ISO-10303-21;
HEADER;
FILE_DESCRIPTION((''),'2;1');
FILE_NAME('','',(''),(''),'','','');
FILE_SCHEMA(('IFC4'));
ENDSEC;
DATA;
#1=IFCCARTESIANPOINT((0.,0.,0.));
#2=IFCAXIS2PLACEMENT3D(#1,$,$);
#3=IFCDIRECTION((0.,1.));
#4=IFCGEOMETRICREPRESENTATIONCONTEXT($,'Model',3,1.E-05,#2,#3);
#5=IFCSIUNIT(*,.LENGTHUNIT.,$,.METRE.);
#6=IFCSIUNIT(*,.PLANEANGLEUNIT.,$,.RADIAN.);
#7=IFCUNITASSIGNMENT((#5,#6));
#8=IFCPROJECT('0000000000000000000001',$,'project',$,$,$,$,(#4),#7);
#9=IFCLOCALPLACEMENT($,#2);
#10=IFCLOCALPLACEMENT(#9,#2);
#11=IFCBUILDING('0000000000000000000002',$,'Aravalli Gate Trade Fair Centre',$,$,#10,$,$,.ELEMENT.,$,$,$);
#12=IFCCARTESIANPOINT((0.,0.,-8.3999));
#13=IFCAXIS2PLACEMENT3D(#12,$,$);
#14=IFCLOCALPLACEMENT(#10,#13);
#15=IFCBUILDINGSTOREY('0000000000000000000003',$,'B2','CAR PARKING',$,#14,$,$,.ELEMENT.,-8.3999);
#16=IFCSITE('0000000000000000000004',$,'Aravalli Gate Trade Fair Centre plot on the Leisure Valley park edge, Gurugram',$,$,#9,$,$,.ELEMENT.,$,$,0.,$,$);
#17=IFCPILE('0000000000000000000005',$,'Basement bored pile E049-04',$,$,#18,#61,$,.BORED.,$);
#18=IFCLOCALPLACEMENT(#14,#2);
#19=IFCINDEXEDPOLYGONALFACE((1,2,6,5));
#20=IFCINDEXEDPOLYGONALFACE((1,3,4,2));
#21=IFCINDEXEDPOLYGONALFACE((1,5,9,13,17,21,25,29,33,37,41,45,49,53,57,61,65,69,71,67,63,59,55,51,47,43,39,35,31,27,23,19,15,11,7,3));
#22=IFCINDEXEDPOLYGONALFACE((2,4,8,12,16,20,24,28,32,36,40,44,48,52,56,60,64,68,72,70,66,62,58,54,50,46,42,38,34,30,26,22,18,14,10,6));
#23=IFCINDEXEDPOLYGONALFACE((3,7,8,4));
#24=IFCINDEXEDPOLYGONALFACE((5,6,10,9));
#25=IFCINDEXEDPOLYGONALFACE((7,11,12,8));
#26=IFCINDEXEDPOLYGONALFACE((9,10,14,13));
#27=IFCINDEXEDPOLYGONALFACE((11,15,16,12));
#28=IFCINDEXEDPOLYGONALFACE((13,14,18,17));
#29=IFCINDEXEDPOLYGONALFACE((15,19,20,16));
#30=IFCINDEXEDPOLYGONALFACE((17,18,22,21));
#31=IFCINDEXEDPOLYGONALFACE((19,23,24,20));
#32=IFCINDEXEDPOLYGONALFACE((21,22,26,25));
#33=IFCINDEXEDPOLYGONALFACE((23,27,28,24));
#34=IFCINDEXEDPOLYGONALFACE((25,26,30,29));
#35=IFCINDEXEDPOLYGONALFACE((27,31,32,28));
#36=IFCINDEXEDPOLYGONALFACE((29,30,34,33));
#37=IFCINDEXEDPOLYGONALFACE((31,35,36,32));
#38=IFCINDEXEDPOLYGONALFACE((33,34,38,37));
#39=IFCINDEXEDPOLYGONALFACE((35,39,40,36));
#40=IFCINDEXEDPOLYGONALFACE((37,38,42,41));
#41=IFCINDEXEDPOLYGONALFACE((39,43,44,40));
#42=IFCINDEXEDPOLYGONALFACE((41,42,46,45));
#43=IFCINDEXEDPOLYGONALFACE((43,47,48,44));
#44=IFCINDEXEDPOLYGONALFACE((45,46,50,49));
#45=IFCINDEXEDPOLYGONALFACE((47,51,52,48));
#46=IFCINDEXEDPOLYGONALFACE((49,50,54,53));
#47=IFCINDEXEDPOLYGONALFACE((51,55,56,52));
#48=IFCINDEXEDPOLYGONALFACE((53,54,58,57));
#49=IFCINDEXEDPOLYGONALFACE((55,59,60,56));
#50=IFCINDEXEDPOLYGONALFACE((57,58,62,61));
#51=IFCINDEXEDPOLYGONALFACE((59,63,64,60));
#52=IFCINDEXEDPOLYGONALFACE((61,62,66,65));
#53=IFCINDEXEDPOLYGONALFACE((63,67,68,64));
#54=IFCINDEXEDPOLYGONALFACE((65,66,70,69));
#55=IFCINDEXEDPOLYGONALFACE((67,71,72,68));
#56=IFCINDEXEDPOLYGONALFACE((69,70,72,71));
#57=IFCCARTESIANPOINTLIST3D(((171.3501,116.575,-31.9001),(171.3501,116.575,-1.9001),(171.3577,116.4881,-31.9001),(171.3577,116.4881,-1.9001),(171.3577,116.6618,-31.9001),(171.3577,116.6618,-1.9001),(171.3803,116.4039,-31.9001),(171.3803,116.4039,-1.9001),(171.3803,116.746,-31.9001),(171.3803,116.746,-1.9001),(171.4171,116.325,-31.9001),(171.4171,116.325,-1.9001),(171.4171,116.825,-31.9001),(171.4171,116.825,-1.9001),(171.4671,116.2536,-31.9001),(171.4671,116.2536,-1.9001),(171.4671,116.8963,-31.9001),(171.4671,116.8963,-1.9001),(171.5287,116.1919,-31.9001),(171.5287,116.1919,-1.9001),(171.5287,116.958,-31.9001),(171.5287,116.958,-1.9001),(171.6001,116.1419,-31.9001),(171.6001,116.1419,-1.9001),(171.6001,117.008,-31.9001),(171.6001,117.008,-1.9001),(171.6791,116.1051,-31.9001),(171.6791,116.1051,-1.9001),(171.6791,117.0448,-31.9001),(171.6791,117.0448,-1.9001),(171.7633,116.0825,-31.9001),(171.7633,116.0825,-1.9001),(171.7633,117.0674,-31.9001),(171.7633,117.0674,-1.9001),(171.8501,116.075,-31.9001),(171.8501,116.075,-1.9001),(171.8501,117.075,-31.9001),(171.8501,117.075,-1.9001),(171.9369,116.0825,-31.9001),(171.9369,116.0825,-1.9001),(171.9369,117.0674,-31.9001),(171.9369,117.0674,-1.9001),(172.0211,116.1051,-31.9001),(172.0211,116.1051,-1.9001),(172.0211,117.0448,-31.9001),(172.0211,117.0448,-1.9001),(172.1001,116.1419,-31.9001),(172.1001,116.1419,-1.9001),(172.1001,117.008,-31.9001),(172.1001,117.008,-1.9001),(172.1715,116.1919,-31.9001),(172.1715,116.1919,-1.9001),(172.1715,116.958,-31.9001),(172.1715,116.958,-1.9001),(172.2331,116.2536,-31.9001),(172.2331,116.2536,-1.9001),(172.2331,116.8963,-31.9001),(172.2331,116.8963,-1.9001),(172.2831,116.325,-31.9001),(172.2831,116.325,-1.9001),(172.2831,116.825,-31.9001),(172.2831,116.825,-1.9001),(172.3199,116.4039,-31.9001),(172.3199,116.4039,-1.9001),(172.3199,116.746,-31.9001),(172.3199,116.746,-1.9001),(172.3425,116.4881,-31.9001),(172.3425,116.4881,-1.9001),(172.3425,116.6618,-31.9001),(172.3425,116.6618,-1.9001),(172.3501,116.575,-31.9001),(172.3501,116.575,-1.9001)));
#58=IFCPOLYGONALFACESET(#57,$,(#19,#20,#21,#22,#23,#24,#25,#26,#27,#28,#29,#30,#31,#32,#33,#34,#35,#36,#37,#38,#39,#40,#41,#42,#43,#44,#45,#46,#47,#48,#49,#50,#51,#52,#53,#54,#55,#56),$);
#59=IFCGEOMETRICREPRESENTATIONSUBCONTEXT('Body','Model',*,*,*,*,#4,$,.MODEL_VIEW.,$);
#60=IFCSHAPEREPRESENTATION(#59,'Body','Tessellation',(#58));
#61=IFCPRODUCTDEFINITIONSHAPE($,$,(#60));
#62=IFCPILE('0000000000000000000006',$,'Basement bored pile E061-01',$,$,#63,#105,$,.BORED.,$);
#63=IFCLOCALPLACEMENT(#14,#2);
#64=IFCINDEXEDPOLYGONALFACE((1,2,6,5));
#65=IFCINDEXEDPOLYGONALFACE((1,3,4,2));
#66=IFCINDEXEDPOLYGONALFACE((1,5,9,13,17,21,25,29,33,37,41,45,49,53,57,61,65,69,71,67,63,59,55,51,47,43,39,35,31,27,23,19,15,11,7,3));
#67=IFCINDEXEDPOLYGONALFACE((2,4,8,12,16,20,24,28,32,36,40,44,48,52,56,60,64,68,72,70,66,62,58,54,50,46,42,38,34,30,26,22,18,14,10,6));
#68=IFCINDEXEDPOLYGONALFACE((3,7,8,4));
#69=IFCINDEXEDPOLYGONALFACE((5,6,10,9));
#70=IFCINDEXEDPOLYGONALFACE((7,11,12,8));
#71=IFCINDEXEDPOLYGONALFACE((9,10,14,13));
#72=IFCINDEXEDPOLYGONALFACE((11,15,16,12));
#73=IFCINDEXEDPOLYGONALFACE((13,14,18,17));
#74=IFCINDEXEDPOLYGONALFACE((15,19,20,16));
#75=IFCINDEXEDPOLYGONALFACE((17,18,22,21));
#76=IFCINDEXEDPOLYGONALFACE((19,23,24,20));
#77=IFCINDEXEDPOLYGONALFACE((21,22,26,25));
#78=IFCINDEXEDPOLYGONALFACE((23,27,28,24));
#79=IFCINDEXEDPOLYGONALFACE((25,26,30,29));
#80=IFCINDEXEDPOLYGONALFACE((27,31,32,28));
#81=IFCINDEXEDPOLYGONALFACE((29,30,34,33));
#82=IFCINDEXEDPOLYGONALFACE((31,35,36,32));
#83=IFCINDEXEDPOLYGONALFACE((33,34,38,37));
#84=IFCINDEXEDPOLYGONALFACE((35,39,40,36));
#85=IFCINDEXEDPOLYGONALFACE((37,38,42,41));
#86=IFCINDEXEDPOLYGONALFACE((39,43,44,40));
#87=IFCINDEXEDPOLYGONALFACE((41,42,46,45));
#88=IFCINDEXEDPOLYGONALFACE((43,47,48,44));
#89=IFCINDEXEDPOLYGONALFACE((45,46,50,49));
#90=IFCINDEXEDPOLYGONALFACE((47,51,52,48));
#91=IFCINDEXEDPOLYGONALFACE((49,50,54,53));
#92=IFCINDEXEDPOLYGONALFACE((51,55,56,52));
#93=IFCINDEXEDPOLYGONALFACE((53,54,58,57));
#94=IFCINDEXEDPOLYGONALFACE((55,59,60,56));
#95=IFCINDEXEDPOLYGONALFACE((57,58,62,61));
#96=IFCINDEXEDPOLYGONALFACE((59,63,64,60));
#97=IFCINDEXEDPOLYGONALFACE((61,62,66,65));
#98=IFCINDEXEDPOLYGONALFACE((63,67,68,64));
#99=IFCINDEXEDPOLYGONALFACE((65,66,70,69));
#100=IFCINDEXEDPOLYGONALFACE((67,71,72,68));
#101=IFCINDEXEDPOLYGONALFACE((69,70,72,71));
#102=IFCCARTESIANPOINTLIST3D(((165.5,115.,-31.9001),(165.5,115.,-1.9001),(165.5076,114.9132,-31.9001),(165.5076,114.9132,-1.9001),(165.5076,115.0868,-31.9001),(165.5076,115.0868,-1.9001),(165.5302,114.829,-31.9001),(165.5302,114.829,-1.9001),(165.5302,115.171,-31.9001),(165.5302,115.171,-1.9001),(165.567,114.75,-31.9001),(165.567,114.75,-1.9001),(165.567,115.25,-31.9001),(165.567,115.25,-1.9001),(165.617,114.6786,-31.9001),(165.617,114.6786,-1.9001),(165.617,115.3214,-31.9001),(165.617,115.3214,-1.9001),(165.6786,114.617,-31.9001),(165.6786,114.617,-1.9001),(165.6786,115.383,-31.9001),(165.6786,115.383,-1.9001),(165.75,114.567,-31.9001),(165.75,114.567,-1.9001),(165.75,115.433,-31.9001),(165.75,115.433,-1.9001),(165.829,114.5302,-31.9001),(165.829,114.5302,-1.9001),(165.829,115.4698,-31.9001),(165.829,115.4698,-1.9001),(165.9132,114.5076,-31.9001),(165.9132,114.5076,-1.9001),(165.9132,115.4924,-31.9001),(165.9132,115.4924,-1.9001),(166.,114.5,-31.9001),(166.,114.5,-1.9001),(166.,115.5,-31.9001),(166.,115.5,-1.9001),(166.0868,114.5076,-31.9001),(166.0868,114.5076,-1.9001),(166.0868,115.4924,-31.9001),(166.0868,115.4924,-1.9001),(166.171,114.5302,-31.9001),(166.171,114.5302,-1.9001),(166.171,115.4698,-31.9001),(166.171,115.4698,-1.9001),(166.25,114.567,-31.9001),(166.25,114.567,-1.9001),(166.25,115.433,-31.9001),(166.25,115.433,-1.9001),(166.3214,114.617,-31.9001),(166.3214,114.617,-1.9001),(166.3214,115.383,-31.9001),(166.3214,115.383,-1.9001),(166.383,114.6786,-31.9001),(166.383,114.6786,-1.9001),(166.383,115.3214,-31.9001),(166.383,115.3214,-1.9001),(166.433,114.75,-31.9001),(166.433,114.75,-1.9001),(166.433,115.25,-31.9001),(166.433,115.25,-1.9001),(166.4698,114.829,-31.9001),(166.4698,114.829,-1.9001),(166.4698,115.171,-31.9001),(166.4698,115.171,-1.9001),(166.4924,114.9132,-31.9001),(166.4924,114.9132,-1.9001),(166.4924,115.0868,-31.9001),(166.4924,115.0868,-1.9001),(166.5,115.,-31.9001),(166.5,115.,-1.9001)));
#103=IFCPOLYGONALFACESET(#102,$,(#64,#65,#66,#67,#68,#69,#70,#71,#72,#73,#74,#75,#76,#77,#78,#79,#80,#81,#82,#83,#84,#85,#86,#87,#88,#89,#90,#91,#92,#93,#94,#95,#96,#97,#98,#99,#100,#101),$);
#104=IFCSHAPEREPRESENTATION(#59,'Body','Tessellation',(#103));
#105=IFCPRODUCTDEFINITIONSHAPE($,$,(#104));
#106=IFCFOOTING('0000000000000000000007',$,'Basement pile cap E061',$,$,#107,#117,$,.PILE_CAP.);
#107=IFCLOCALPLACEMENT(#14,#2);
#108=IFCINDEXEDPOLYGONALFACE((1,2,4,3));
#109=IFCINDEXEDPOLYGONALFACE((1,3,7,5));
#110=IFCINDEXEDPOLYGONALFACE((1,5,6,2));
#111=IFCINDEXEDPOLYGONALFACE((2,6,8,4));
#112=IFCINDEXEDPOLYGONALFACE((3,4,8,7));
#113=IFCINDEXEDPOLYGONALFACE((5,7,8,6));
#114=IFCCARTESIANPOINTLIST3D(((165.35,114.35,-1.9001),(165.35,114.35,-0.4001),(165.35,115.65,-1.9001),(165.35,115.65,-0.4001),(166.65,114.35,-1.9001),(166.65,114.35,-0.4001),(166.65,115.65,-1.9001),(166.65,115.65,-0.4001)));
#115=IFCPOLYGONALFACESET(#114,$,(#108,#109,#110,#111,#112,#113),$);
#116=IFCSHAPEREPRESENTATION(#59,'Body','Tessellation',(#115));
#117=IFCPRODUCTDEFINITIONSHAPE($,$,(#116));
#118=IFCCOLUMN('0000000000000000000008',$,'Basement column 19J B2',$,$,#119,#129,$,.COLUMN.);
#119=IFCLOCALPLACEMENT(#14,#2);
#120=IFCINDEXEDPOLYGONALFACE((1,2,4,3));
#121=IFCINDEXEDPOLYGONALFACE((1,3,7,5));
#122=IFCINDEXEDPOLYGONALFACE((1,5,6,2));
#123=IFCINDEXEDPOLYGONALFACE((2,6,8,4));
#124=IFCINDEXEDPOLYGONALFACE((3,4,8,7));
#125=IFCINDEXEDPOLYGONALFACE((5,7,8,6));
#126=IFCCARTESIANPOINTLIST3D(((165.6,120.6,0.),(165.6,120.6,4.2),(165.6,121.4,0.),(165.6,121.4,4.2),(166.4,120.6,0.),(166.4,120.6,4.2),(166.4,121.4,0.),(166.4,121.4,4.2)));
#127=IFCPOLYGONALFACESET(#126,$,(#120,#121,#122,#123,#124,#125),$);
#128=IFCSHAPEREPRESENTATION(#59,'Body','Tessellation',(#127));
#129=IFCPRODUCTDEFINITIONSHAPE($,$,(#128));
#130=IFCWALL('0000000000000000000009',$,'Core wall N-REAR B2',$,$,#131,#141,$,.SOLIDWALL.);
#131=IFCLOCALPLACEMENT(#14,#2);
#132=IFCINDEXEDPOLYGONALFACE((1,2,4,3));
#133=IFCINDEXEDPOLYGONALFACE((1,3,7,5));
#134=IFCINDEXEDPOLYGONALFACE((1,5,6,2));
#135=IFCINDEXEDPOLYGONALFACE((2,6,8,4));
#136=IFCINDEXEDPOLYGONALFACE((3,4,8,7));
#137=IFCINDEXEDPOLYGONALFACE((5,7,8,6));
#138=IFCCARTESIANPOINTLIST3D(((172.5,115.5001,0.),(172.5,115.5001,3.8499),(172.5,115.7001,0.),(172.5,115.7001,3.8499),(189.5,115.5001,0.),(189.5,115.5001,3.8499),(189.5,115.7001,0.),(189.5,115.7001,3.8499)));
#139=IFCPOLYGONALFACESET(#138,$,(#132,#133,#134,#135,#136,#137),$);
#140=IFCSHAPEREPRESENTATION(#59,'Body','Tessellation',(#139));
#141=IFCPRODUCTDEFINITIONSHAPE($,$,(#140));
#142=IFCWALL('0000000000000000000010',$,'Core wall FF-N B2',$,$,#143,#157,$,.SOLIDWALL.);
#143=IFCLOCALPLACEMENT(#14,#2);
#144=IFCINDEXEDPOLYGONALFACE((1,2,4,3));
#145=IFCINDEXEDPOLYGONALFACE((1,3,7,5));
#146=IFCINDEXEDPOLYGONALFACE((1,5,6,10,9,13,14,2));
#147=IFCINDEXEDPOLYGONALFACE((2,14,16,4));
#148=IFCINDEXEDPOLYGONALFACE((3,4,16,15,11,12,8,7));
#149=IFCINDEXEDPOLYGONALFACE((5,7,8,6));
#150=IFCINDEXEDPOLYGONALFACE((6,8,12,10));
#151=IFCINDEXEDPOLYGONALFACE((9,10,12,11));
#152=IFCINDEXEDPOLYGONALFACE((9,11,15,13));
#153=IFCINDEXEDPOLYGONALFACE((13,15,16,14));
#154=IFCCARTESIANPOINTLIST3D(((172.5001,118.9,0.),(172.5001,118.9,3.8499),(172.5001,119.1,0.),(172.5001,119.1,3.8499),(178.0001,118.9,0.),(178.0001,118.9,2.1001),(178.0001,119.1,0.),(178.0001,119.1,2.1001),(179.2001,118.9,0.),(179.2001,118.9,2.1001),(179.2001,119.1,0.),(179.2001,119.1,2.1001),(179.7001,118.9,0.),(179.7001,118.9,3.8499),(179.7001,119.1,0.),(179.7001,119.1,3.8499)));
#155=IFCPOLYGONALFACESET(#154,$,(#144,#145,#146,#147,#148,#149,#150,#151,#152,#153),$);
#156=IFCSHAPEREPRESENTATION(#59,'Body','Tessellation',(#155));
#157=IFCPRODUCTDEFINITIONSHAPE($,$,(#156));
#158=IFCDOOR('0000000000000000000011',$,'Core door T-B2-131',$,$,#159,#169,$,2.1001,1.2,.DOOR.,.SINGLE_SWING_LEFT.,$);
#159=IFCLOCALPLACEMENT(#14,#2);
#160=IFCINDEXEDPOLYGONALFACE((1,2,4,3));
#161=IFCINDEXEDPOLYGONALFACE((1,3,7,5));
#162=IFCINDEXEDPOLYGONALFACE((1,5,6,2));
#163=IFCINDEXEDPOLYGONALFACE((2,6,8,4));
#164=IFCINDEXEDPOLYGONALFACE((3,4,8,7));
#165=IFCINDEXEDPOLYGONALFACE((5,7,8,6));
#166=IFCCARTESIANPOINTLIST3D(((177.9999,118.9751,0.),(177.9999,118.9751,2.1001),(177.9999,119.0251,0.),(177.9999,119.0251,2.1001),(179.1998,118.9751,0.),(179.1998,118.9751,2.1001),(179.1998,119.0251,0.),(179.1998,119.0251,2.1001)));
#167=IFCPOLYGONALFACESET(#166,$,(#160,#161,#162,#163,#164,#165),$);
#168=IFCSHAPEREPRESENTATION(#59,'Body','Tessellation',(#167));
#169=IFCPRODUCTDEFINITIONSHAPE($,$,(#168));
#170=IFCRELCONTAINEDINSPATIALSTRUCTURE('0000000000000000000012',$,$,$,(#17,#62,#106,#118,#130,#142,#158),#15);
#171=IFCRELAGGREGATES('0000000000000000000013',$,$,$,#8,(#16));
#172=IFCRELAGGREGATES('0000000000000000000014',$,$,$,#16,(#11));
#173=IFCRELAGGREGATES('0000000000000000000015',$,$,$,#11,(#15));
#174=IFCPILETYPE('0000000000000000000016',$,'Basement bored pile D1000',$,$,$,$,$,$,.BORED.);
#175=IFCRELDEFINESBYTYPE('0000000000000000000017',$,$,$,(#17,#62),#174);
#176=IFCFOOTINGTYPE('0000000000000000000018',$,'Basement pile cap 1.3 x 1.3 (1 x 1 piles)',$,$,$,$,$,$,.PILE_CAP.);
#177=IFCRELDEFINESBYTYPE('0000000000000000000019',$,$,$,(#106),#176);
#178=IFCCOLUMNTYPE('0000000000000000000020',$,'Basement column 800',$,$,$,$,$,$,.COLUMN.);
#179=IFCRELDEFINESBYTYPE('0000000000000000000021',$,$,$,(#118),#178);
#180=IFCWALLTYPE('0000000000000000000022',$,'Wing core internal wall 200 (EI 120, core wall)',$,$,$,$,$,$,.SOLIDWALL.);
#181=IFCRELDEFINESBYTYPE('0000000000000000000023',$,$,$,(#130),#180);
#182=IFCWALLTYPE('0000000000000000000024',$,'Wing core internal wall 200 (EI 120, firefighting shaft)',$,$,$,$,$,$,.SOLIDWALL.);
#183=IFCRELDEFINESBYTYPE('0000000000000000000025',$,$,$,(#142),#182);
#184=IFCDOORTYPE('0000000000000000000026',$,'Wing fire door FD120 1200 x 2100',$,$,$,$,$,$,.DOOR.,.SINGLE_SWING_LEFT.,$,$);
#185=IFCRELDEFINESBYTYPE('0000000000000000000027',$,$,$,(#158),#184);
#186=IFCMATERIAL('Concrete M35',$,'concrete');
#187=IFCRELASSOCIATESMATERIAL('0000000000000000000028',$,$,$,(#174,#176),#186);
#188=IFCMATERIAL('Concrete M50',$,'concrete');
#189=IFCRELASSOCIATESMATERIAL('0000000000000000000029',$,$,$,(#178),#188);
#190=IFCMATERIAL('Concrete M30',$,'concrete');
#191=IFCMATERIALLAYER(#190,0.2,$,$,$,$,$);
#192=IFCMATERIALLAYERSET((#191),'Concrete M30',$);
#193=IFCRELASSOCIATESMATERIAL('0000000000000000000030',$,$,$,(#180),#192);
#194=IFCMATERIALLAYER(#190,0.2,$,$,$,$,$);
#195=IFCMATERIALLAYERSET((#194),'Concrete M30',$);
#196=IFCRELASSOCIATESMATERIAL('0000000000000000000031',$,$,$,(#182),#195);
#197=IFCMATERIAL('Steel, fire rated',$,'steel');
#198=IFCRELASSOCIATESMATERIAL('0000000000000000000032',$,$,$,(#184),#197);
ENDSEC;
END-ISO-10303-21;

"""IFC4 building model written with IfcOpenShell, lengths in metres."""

from ifc_helpers import new_model, si_unit, direction, frame, frame_2d, origin, origin_2d, place, context, subcontext, project, spatial, rectangle, circle, extrude, material, layer, layer_set, material_profile, profile_set, type_object, element, fill, save


model = new_model("IFC4")

# Units and contexts
model_context = context("Model", 3, precision=1e-05, world=origin(), true_north=direction((0.0, 1.0)))
body_context = subcontext(model_context, "Body", "Model", "MODEL_VIEW")
ifc_project = project(units=[si_unit("LENGTHUNIT", "METRE"), si_unit("PLANEANGLEUNIT", "RADIAN")], contexts=[model_context])

# Site, building, storey
site_placement = place(None, origin())
site = spatial("IfcSite", under=ifc_project, at=site_placement, Name="Aravalli Gate Trade Fair Centre plot on the Leisure Valley park edge, Gurugram", CompositionType="ELEMENT", RefElevation=0.0)
building_placement = place(site_placement, origin())
building = spatial("IfcBuilding", under=site, at=building_placement, Name="Aravalli Gate Trade Fair Centre", CompositionType="ELEMENT")
storey_placement = place(building_placement, frame((0.0, 0.0, -8.3999)))
storey = spatial("IfcBuildingStorey", under=building, at=storey_placement, Name="B2", Description="CAR PARKING", CompositionType="ELEMENT", Elevation=-8.3999)

# Piles
ifc_material_1 = material(Name="Concrete M35", Category="concrete")
ifc_material_profile_1 = material_profile(ifc_material_1, circle(Radius=0.5, at=origin_2d()), Name="D1000")
ifc_profile_set_1 = profile_set([ifc_material_profile_1], Name="Concrete M35")
pile_type = type_object("IfcPileType", Name="Basement bored pile D1000", PredefinedType="BORED", material=ifc_profile_set_1)
for number, where, z_axis, x_axis, name in (
    (1, (171.8501, 116.575, -1.9001), (0.0, 0.0, -1.0), (1.0, 0.0, 0.0), "Basement bored pile E049-04"),
    (2, (166.0, 115.0, -1.9001), (0.0, 0.0, -1.0), (1.0, 0.0, 0.0), "Basement bored pile E061-01"),
):
    element("IfcPile", number, at=place(storey_placement, frame(where, z_axis=z_axis, x_axis=x_axis)), inside=storey, type_object=pile_type, Name=name, PredefinedType="BORED", context=body_context, shape_type="SweptSolid", body=[
        extrude(circle(Radius=0.5, at=origin_2d()), origin(), (0.0, 0.0, 1.0), 30.0),
    ])

# Footing
footing_type = type_object("IfcFootingType", Name="Basement pile cap 1.3 x 1.3 (1 x 1 piles)", PredefinedType="PILE_CAP", material=ifc_material_1)
footing_placement = place(storey_placement, frame((166.0, 115.0, -1.9001), z_axis=(0.0, 0.0, 1.0), x_axis=(1.0, 0.0, 0.0)))
element("IfcFooting", 3, at=footing_placement, inside=storey, type_object=footing_type, Name="Basement pile cap E061", PredefinedType="PILE_CAP", context=body_context, shape_type="SweptSolid", body=[
    extrude(rectangle(XDim=1.3, YDim=1.3, at=origin_2d()), origin(), (0.0, 0.0, 1.0), 1.5),
])

# Column
ifc_material_2 = material(Name="Concrete M50", Category="concrete")
ifc_material_profile_2 = material_profile(ifc_material_2, rectangle(XDim=0.8, YDim=0.8, at=origin_2d()), Name="RC 800 x 800")
ifc_profile_set_2 = profile_set([ifc_material_profile_2], Name="Concrete M50")
column_type = type_object("IfcColumnType", Name="Basement column 800", PredefinedType="COLUMN", material=ifc_profile_set_2)
column_placement = place(storey_placement, frame((166.0, 121.0, 0.0), z_axis=(0.0, 0.0, 1.0), x_axis=(1.0, 0.0, 0.0)))
element("IfcColumn", 4, at=column_placement, inside=storey, type_object=column_type, Name="Basement column 19J B2", PredefinedType="COLUMN", context=body_context, shape_type="SweptSolid", body=[
    extrude(rectangle(XDim=0.8, YDim=0.8, at=origin_2d()), origin(), (0.0, 0.0, 1.0), 4.2),
])

# Wall
ifc_material_3 = material(Name="Concrete M30", Category="concrete")
ifc_layer_1 = layer(ifc_material_3, 0.2)
ifc_layer_set_1 = layer_set([ifc_layer_1], Name="Concrete M30")
wall_type_1 = type_object("IfcWallType", Name="Wing core internal wall 200 (EI 120, core wall)", PredefinedType="SOLIDWALL", material=ifc_layer_set_1)
wall_1_placement = place(storey_placement, frame((172.5, 115.6001, 0.0), z_axis=(0.0, 0.0, 1.0), x_axis=(1.0, 0.0, 0.0)))
element("IfcWall", 5, at=wall_1_placement, inside=storey, type_object=wall_type_1, Name="Core wall N-REAR B2", PredefinedType="SOLIDWALL", context=body_context, shape_type="SweptSolid", body=[
    extrude(rectangle(XDim=17.0, YDim=0.2, at=frame_2d((8.5, 0.0))), origin(), (0.0, 0.0, 1.0), 3.8499),
])

# Wall, opening, door
ifc_layer_2 = layer(ifc_material_3, 0.2)
ifc_layer_set_2 = layer_set([ifc_layer_2], Name="Concrete M30")
wall_type_2 = type_object("IfcWallType", Name="Wing core internal wall 200 (EI 120, firefighting shaft)", PredefinedType="SOLIDWALL", material=ifc_layer_set_2)
wall_2_placement = place(storey_placement, frame((172.5, 119.0, 0.0), z_axis=(0.0, 0.0, 1.0), x_axis=(1.0, 0.0, 0.0)))
wall_2 = element("IfcWall", 6, at=wall_2_placement, inside=storey, type_object=wall_type_2, Name="Core wall FF-N B2", PredefinedType="SOLIDWALL", context=body_context, shape_type="SweptSolid", body=[
    extrude(rectangle(XDim=7.2, YDim=0.2, at=frame_2d((3.6001, 0.0))), origin(), (0.0, 0.0, 1.0), 3.8499),
])
opening_1_placement = place(wall_2_placement, frame((5.5, 0.0, 0.0)))
opening_1 = element("IfcOpeningElement", 7, at=opening_1_placement, cuts=wall_2, PredefinedType="OPENING", context=body_context, shape_type="SweptSolid", body=[
    extrude(rectangle(XDim=1.2, YDim=2.1001, at=frame_2d((0.6001, 1.05))), frame((0.0, 0.1099, 0.0), z_axis=(0.0, -1.0, 0.0), x_axis=(1.0, 0.0, 0.0)), (0.0, 0.0, 1.0), 0.22),
])
ifc_material_4 = material(Name="Steel, fire rated", Category="steel")
door_type_1 = type_object("IfcDoorType", Name="Wing fire door FD120 1200 x 2100", OperationType="SINGLE_SWING_LEFT", PredefinedType="DOOR", material=ifc_material_4)
door_1_placement = place(opening_1_placement, frame((1.2, 0.0, 0.0), z_axis=(0.0, 0.0, 1.0), x_axis=(-1.0, 0.0, 0.0)))
door_1 = element("IfcDoor", 8, at=door_1_placement, inside=storey, type_object=door_type_1, Name="Core door T-B2-131", OperationType="SINGLE_SWING_LEFT", OverallHeight=2.1001, OverallWidth=1.2, PredefinedType="DOOR", context=body_context, shape_type="SweptSolid", body=[
    extrude(rectangle(XDim=1.2, YDim=2.1001, at=frame_2d((0.6001, 1.05))), frame((0.0, 0.0249, 0.0), z_axis=(0.0, -1.0, 0.0), x_axis=(1.0, 0.0, 0.0)), (0.0, 0.0, 1.0), 0.05),
])
fill(opening_1, door_1)

save(model, "model.ifc")
